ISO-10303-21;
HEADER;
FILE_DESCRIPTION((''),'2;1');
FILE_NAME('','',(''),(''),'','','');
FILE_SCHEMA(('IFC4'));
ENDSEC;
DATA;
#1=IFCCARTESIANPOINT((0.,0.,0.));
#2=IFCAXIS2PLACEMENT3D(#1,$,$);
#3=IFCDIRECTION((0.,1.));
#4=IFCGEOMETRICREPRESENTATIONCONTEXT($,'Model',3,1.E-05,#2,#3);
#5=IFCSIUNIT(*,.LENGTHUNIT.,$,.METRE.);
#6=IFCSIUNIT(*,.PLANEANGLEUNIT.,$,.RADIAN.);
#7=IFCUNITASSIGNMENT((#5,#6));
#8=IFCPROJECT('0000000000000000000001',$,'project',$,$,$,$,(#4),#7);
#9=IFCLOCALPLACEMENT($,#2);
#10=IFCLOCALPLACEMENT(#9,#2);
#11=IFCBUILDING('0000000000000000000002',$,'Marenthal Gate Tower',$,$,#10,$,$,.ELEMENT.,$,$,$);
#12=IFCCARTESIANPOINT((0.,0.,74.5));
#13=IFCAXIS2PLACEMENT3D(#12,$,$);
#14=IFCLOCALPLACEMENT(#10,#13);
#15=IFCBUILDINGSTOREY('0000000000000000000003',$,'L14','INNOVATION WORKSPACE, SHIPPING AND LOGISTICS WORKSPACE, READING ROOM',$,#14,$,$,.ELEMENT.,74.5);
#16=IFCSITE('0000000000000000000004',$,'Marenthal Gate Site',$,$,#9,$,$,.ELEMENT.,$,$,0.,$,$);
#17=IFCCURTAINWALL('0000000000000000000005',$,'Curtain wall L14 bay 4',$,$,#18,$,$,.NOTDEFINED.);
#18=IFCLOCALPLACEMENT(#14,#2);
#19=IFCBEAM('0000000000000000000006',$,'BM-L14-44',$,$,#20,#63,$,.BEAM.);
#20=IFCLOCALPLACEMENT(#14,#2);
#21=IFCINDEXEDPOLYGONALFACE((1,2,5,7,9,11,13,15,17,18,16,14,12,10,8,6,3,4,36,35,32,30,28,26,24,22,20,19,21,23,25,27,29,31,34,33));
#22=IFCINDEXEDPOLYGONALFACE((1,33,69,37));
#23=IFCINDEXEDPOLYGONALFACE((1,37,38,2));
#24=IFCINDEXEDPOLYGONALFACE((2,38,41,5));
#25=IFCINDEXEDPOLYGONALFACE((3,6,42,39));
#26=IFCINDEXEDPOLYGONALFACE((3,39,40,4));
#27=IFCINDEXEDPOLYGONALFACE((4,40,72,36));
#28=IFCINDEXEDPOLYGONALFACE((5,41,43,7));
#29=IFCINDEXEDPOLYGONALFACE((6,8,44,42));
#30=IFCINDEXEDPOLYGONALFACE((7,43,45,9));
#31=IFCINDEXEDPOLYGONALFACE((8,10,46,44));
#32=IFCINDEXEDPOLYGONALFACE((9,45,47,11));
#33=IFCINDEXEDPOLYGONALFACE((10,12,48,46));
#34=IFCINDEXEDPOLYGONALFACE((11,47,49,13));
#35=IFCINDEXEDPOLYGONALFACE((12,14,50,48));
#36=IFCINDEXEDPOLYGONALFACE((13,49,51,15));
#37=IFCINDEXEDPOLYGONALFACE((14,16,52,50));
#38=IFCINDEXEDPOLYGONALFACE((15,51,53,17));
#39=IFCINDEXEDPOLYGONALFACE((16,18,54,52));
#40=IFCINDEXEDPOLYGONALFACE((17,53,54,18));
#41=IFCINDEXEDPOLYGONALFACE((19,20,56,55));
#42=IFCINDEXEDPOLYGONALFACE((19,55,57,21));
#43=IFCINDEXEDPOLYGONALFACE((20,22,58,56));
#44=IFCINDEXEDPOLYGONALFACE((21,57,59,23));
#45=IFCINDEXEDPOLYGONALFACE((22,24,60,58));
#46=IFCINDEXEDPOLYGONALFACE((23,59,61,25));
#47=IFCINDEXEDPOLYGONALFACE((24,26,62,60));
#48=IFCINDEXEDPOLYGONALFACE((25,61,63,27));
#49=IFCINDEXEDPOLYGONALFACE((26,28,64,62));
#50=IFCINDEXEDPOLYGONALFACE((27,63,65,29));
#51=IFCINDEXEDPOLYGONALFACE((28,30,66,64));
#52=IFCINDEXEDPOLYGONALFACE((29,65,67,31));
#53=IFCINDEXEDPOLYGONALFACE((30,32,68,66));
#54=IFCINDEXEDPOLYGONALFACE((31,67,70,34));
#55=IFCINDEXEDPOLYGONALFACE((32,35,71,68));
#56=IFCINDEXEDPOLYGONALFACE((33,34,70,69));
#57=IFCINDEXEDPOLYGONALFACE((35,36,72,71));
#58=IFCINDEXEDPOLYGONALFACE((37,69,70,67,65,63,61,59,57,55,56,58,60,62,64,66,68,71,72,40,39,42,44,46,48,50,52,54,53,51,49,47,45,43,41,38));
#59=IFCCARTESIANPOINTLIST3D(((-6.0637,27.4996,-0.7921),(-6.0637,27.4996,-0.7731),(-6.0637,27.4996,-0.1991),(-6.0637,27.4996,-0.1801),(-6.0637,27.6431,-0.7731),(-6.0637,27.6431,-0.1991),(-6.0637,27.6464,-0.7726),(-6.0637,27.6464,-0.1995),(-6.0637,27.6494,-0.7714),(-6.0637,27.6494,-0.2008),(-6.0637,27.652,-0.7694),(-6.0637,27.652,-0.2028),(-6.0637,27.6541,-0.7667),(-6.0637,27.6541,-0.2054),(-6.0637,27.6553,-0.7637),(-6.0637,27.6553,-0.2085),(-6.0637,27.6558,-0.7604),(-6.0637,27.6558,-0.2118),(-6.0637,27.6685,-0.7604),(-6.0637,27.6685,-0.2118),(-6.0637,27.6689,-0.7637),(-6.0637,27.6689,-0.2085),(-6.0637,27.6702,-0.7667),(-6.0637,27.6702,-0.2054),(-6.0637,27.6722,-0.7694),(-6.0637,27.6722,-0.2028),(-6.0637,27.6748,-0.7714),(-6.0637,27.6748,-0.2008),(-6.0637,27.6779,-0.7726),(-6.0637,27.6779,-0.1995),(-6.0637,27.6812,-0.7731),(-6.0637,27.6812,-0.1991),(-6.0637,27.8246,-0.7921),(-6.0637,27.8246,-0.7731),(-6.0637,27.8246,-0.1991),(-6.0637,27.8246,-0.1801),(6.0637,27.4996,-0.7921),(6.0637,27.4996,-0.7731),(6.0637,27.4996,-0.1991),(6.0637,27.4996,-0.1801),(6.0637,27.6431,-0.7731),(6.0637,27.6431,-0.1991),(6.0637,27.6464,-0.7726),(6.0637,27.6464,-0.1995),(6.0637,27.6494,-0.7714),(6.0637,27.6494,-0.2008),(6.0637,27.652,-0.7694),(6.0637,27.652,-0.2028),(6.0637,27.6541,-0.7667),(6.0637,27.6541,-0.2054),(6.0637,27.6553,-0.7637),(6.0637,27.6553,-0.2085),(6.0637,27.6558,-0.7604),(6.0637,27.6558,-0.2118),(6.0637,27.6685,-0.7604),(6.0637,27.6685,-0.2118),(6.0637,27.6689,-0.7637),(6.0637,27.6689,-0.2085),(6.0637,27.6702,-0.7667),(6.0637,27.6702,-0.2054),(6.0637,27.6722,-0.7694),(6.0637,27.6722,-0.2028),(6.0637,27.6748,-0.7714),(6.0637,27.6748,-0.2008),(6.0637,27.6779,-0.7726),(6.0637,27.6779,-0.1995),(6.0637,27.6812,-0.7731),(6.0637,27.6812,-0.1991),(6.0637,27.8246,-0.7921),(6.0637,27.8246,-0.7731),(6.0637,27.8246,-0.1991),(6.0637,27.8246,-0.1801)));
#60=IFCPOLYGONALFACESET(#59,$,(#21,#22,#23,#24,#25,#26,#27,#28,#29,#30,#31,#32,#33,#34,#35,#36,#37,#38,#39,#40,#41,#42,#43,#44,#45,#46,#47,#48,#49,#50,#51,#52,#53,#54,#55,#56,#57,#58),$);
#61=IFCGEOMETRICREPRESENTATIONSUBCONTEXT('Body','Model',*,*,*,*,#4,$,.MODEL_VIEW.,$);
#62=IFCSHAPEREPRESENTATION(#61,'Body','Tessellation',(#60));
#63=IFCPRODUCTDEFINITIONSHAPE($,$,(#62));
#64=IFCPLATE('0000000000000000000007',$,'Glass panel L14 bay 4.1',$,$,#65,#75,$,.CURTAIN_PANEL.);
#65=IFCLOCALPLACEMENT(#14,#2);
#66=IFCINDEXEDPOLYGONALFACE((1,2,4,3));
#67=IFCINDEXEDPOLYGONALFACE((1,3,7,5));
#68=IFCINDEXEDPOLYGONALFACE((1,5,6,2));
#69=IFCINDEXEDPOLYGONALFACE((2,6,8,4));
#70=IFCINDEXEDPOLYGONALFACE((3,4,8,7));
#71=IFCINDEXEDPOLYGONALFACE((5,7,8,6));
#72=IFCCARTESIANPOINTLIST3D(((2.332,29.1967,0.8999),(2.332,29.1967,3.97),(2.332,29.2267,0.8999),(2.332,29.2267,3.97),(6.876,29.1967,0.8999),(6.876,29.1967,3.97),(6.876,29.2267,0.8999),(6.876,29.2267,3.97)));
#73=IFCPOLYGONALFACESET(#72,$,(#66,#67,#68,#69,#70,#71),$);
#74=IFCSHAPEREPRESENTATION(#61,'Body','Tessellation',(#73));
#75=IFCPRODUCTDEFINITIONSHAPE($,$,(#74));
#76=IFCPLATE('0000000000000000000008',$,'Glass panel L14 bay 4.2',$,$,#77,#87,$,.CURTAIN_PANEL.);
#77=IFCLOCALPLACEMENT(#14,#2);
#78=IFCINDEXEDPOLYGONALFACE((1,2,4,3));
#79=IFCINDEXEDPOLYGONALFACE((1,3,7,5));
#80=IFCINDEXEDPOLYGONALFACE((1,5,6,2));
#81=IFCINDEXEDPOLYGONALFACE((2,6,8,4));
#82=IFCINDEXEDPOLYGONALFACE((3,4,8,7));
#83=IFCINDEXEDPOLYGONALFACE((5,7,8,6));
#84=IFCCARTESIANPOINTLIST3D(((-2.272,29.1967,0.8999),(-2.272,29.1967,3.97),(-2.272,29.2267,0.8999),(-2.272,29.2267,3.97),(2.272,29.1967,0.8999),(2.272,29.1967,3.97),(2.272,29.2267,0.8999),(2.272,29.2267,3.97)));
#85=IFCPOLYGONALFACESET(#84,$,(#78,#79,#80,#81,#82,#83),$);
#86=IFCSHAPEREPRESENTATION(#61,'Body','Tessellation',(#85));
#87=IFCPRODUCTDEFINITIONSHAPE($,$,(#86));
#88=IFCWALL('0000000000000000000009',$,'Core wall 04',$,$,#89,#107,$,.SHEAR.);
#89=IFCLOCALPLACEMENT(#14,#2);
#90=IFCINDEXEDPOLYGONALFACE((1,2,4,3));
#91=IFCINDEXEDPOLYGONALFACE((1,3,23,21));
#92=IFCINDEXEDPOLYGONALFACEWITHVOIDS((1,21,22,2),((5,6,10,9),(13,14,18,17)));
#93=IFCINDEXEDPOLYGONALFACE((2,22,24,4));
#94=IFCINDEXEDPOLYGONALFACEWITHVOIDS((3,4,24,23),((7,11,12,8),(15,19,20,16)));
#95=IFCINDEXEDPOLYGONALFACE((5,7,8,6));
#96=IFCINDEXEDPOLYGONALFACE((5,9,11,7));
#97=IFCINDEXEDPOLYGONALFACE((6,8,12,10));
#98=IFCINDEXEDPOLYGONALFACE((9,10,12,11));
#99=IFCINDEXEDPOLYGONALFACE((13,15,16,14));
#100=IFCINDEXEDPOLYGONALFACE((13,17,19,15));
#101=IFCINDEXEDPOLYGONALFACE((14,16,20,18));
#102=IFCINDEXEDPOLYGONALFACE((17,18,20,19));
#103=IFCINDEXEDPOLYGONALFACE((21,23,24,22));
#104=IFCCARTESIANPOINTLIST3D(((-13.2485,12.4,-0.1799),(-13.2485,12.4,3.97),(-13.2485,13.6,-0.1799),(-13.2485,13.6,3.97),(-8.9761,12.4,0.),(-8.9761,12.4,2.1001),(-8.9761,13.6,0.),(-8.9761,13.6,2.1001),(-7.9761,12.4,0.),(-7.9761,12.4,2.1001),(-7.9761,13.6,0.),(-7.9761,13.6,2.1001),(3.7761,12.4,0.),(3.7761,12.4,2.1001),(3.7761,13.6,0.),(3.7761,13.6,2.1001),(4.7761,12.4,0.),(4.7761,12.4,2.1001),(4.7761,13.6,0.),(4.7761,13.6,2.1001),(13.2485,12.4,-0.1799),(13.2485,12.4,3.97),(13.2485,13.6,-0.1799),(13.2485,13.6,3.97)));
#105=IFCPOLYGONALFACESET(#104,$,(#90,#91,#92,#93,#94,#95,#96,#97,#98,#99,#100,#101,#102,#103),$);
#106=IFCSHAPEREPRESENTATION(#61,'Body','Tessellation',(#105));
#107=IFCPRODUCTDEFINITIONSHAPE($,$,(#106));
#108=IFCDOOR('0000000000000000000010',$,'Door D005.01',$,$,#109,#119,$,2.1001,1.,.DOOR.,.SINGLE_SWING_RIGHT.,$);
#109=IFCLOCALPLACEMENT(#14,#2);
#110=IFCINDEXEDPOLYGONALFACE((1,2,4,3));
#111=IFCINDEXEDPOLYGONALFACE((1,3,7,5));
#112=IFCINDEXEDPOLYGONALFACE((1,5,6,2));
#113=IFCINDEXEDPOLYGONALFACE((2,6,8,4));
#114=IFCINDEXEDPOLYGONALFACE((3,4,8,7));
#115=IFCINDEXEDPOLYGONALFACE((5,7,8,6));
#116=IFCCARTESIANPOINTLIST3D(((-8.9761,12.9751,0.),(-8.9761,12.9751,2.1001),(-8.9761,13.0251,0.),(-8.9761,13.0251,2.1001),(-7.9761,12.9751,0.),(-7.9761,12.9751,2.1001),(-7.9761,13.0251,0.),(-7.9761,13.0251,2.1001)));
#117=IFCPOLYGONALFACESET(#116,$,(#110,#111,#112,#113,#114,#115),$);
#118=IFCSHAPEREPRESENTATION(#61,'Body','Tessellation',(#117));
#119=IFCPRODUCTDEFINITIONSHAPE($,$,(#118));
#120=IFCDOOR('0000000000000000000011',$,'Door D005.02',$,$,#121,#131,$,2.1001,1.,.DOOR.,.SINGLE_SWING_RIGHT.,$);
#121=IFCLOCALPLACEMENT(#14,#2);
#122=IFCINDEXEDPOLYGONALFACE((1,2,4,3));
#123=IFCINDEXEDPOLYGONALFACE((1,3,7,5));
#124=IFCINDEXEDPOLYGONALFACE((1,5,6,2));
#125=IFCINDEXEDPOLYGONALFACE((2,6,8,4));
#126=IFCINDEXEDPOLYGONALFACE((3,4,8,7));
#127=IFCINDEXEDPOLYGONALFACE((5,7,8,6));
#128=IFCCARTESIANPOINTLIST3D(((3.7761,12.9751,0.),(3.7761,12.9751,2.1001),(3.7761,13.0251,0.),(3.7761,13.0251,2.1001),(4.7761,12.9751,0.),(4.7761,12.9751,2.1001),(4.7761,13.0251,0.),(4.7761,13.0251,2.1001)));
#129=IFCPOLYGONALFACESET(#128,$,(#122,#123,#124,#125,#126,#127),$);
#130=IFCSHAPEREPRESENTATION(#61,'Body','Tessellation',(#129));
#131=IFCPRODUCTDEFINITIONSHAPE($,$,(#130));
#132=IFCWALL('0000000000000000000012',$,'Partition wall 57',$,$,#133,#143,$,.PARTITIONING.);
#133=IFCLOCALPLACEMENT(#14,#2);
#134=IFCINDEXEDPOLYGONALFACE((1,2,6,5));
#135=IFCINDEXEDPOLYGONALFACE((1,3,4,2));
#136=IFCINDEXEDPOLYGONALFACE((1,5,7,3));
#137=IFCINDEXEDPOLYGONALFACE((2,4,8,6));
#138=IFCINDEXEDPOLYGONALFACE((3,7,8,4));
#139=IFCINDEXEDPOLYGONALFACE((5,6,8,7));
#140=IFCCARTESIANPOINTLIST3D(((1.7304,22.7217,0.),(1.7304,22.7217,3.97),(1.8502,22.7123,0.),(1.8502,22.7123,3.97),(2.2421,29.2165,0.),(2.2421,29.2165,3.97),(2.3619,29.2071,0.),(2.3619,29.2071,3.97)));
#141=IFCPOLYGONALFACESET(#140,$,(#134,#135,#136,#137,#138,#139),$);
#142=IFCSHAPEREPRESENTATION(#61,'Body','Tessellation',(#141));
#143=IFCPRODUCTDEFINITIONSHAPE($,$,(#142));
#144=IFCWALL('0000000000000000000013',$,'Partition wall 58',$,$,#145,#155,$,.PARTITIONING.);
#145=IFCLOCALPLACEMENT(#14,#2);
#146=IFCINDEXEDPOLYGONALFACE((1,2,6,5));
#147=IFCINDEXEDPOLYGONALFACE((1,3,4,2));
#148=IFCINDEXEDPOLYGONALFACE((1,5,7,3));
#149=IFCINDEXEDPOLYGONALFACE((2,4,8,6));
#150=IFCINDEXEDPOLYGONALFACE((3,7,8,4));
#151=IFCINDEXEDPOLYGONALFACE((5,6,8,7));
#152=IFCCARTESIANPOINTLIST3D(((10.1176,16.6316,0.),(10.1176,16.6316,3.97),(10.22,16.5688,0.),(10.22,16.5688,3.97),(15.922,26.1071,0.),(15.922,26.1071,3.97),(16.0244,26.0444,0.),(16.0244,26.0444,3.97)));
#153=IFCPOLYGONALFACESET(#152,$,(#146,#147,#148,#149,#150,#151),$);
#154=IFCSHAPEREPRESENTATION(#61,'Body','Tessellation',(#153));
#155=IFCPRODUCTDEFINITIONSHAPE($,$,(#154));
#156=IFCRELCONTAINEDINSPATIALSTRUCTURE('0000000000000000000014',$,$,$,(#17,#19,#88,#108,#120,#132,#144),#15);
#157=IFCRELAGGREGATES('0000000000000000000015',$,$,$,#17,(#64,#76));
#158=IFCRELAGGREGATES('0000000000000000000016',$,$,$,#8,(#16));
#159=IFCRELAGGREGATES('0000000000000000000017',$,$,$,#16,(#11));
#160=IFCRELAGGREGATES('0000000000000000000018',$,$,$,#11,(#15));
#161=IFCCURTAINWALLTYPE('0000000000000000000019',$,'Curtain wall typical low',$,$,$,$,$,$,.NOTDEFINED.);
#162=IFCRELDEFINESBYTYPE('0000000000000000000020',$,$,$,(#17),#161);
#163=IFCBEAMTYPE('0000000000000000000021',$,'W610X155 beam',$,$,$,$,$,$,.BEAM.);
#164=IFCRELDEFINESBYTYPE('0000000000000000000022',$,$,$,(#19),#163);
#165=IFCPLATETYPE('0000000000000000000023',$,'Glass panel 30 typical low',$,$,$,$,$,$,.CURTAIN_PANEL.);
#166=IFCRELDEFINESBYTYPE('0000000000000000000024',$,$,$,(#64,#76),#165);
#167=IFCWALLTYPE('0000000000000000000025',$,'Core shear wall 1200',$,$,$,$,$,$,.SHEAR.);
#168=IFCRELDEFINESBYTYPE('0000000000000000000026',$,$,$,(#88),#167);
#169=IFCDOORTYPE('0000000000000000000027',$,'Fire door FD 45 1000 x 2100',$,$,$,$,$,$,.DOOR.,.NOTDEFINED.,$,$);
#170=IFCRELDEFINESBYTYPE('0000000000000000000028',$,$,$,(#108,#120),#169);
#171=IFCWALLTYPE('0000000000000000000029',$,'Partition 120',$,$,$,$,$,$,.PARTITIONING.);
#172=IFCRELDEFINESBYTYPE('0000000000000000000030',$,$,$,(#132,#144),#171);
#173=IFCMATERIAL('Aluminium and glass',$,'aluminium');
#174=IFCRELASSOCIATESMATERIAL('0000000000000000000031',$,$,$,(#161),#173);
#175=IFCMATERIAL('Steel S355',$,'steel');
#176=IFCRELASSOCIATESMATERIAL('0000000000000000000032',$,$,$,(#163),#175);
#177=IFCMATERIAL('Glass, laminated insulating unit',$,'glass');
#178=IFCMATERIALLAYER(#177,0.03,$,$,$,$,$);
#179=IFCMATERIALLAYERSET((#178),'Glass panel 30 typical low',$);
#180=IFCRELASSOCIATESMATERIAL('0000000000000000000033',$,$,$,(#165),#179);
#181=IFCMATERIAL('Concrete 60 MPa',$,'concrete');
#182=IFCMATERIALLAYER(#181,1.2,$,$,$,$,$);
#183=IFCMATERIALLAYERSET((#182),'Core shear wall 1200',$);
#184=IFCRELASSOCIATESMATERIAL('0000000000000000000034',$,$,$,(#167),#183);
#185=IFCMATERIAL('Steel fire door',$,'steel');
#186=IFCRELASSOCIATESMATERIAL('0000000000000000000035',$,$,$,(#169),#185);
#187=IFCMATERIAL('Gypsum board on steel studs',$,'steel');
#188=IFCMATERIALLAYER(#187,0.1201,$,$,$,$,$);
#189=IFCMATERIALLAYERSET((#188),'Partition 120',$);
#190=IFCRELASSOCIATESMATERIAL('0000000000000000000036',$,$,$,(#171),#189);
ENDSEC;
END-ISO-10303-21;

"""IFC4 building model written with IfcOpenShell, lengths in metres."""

from ifc_helpers import new_model, si_unit, direction, frame, frame_2d, origin, origin_2d, place, context, subcontext, project, spatial, rectangle, i_section, extrude, material, layer, layer_set, material_profile, profile_set, type_object, element, fill, aggregate, save


model = new_model("IFC4")

# Units and contexts
model_context = context("Model", 3, precision=1e-05, world=origin(), true_north=direction((0.0, 1.0)))
body_context = subcontext(model_context, "Body", "Model", "MODEL_VIEW")
ifc_project = project(units=[si_unit("LENGTHUNIT", "METRE"), si_unit("PLANEANGLEUNIT", "RADIAN")], contexts=[model_context])

# Site, building, storey
site_placement = place(None, origin())
site = spatial("IfcSite", under=ifc_project, at=site_placement, Name="Marenthal Gate Site", CompositionType="ELEMENT", RefElevation=0.0)
building_placement = place(site_placement, origin())
building = spatial("IfcBuilding", under=site, at=building_placement, Name="Marenthal Gate Tower", CompositionType="ELEMENT")
storey_placement = place(building_placement, frame((0.0, 0.0, 74.5)))
storey = spatial("IfcBuildingStorey", under=building, at=storey_placement, Name="L14", Description="INNOVATION WORKSPACE, SHIPPING AND LOGISTICS WORKSPACE, READING ROOM", CompositionType="ELEMENT", Elevation=74.5)

# Curtain wall
ifc_material_1 = material(Name="Aluminium and glass", Category="aluminium")
curtain_wall_type = type_object("IfcCurtainWallType", Name="Curtain wall typical low", PredefinedType="NOTDEFINED", material=ifc_material_1)
curtain_wall_placement = place(storey_placement, origin())
curtain_wall = element("IfcCurtainWall", 1, at=curtain_wall_placement, inside=storey, type_object=curtain_wall_type, Name="Curtain wall L14 bay 4", PredefinedType="NOTDEFINED")

# Beam
ifc_material_2 = material(Name="Steel S355", Category="steel")
ifc_material_profile_1 = material_profile(ifc_material_2, i_section(OverallWidth=0.325, OverallDepth=0.6121, WebThickness=0.0127, FlangeThickness=0.019, FilletRadius=0.0127, at=origin_2d()), Name="W610X155")
ifc_profile_set_1 = profile_set([ifc_material_profile_1], Name="Steel S355")
beam_type_1 = type_object("IfcBeamType", Name="W610X155 beam", PredefinedType="BEAM", material=ifc_profile_set_1)
beam_1_placement = place(storey_placement, frame((6.0637, 27.6621, -0.4861), z_axis=(-1.0, 0.0, 0.0), x_axis=(0.0, -1.0, 0.0)))
element("IfcBeam", 2, at=beam_1_placement, inside=storey, type_object=beam_type_1, Name="BM-L14-44", PredefinedType="BEAM", context=body_context, shape_type="SweptSolid", body=[
    extrude(i_section(OverallWidth=0.325, OverallDepth=0.6121, WebThickness=0.0127, FlangeThickness=0.019, FilletRadius=0.0127, at=origin_2d()), origin(), (0.0, 0.0, 1.0), 12.1274),
])

# Plates
ifc_material_3 = material(Name="Glass, laminated insulating unit", Category="glass")
ifc_layer_1 = layer(ifc_material_3, 0.03)
ifc_layer_set_1 = layer_set([ifc_layer_1], Name="Glass panel 30 typical low")
plate_type = type_object("IfcPlateType", Name="Glass panel 30 typical low", PredefinedType="CURTAIN_PANEL", material=ifc_layer_set_1)
plate_1_placement = place(storey_placement, frame((4.604, 29.2117, 0.8999), z_axis=(0.0, 0.0, 1.0), x_axis=(-1.0, 0.0, 0.0)))
plate_1 = element("IfcPlate", 3, at=plate_1_placement, type_object=plate_type, Name="Glass panel L14 bay 4.1", PredefinedType="CURTAIN_PANEL", context=body_context, shape_type="SweptSolid", body=[
    extrude(rectangle(XDim=4.5439, YDim=0.03, at=origin_2d()), origin(), (0.0, 0.0, 1.0), 3.0701),
])
plate_2_placement = place(storey_placement, frame((0.0, 29.2117, 0.8999), z_axis=(0.0, 0.0, 1.0), x_axis=(-1.0, 0.0, 0.0)))
plate_2 = element("IfcPlate", 4, at=plate_2_placement, type_object=plate_type, Name="Glass panel L14 bay 4.2", PredefinedType="CURTAIN_PANEL", context=body_context, shape_type="SweptSolid", body=[
    extrude(rectangle(XDim=4.5439, YDim=0.03, at=origin_2d()), origin(), (0.0, 0.0, 1.0), 3.0701),
])
aggregate(curtain_wall, [plate_1, plate_2])

# Wall, openings, doors
ifc_material_4 = material(Name="Concrete 60 MPa", Category="concrete")
ifc_layer_2 = layer(ifc_material_4, 1.2)
ifc_layer_set_2 = layer_set([ifc_layer_2], Name="Core shear wall 1200")
wall_type_1 = type_object("IfcWallType", Name="Core shear wall 1200", PredefinedType="SHEAR", material=ifc_layer_set_2)
wall_1_placement = place(storey_placement, frame((13.2485, 13.0, -0.1799), z_axis=(0.0, 0.0, 1.0), x_axis=(-1.0, 0.0, 0.0)))
wall_1 = element("IfcWall", 5, at=wall_1_placement, inside=storey, type_object=wall_type_1, Name="Core wall 04", PredefinedType="SHEAR", context=body_context, shape_type="SweptSolid", body=[
    extrude(rectangle(XDim=26.4971, YDim=1.2, at=frame_2d((13.2485, 0.0))), origin(), (0.0, 0.0, 1.0), 4.1499),
])
opening_1_placement = place(wall_1_placement, frame((21.2246, 0.0, 0.1799)))
opening_1 = element("IfcOpeningElement", 6, at=opening_1_placement, cuts=wall_1, PredefinedType="OPENING", context=body_context, shape_type="SweptSolid", body=[
    extrude(rectangle(XDim=1.0, YDim=2.1001, at=frame_2d((0.5, 1.05))), frame((0.0, 0.6099, 0.0), z_axis=(0.0, -1.0, 0.0), x_axis=(1.0, 0.0, 0.0)), (0.0, 0.0, 1.0), 1.22),
])
opening_2_placement = place(wall_1_placement, frame((8.4724, 0.0, 0.1799)))
opening_2 = element("IfcOpeningElement", 7, at=opening_2_placement, cuts=wall_1, PredefinedType="OPENING", context=body_context, shape_type="SweptSolid", body=[
    extrude(rectangle(XDim=1.0, YDim=2.1001, at=frame_2d((0.5, 1.05))), frame((0.0, 0.6099, 0.0), z_axis=(0.0, -1.0, 0.0), x_axis=(1.0, 0.0, 0.0)), (0.0, 0.0, 1.0), 1.22),
])
ifc_material_5 = material(Name="Steel fire door", Category="steel")
door_type_1 = type_object("IfcDoorType", Name="Fire door FD 45 1000 x 2100", OperationType="NOTDEFINED", PredefinedType="DOOR", material=ifc_material_5)
door_1_placement = place(opening_1_placement, origin())
door_1 = element("IfcDoor", 8, at=door_1_placement, inside=storey, type_object=door_type_1, Name="Door D005.01", OperationType="SINGLE_SWING_RIGHT", OverallHeight=2.1001, OverallWidth=1.0, PredefinedType="DOOR", context=body_context, shape_type="SweptSolid", body=[
    extrude(rectangle(XDim=1.0, YDim=2.1001, at=frame_2d((0.5, 1.05))), frame((0.0, 0.0249, 0.0), z_axis=(0.0, -1.0, 0.0), x_axis=(1.0, 0.0, 0.0)), (0.0, 0.0, 1.0), 0.05),
])
fill(opening_1, door_1)
door_2_placement = place(opening_2_placement, origin())
door_2 = element("IfcDoor", 9, at=door_2_placement, inside=storey, type_object=door_type_1, Name="Door D005.02", OperationType="SINGLE_SWING_RIGHT", OverallHeight=2.1001, OverallWidth=1.0, PredefinedType="DOOR", context=body_context, shape_type="SweptSolid", body=[
    extrude(rectangle(XDim=1.0, YDim=2.1001, at=frame_2d((0.5, 1.05))), frame((0.0, 0.0249, 0.0), z_axis=(0.0, -1.0, 0.0), x_axis=(1.0, 0.0, 0.0)), (0.0, 0.0, 1.0), 0.05),
])
fill(opening_2, door_2)

# Walls
ifc_material_6 = material(Name="Gypsum board on steel studs", Category="steel")
ifc_layer_3 = layer(ifc_material_6, 0.1201)
ifc_layer_set_3 = layer_set([ifc_layer_3], Name="Partition 120")
wall_type_2 = type_object("IfcWallType", Name="Partition 120", PredefinedType="PARTITIONING", material=ifc_layer_set_3)
wall_2_placement = place(storey_placement, frame((2.302, 29.2117, 0.0), z_axis=(0.0, 0.0, 1.0), x_axis=(-0.078545, -0.996911, 0.0)))
element("IfcWall", 10, at=wall_2_placement, inside=storey, type_object=wall_type_2, Name="Partition wall 57", PredefinedType="PARTITIONING", context=body_context, shape_type="SweptSolid", body=[
    extrude(rectangle(XDim=6.5149, YDim=0.1201, at=frame_2d((3.2573, 0.0))), origin(), (0.0, 0.0, 1.0), 3.97),
])
wall_3_placement = place(storey_placement, frame((10.1687, 16.6001, 0.0), z_axis=(0.0, 0.0, 1.0), x_axis=(0.522354, 0.852728, 0.0)))
element("IfcWall", 11, at=wall_3_placement, inside=storey, type_object=wall_type_2, Name="Partition wall 58", PredefinedType="PARTITIONING", context=body_context, shape_type="SweptSolid", body=[
    extrude(rectangle(XDim=11.1121, YDim=0.1201, at=frame_2d((5.5562, 0.0))), origin(), (0.0, 0.0, 1.0), 3.97),
])

save(model, "model.ifc")
